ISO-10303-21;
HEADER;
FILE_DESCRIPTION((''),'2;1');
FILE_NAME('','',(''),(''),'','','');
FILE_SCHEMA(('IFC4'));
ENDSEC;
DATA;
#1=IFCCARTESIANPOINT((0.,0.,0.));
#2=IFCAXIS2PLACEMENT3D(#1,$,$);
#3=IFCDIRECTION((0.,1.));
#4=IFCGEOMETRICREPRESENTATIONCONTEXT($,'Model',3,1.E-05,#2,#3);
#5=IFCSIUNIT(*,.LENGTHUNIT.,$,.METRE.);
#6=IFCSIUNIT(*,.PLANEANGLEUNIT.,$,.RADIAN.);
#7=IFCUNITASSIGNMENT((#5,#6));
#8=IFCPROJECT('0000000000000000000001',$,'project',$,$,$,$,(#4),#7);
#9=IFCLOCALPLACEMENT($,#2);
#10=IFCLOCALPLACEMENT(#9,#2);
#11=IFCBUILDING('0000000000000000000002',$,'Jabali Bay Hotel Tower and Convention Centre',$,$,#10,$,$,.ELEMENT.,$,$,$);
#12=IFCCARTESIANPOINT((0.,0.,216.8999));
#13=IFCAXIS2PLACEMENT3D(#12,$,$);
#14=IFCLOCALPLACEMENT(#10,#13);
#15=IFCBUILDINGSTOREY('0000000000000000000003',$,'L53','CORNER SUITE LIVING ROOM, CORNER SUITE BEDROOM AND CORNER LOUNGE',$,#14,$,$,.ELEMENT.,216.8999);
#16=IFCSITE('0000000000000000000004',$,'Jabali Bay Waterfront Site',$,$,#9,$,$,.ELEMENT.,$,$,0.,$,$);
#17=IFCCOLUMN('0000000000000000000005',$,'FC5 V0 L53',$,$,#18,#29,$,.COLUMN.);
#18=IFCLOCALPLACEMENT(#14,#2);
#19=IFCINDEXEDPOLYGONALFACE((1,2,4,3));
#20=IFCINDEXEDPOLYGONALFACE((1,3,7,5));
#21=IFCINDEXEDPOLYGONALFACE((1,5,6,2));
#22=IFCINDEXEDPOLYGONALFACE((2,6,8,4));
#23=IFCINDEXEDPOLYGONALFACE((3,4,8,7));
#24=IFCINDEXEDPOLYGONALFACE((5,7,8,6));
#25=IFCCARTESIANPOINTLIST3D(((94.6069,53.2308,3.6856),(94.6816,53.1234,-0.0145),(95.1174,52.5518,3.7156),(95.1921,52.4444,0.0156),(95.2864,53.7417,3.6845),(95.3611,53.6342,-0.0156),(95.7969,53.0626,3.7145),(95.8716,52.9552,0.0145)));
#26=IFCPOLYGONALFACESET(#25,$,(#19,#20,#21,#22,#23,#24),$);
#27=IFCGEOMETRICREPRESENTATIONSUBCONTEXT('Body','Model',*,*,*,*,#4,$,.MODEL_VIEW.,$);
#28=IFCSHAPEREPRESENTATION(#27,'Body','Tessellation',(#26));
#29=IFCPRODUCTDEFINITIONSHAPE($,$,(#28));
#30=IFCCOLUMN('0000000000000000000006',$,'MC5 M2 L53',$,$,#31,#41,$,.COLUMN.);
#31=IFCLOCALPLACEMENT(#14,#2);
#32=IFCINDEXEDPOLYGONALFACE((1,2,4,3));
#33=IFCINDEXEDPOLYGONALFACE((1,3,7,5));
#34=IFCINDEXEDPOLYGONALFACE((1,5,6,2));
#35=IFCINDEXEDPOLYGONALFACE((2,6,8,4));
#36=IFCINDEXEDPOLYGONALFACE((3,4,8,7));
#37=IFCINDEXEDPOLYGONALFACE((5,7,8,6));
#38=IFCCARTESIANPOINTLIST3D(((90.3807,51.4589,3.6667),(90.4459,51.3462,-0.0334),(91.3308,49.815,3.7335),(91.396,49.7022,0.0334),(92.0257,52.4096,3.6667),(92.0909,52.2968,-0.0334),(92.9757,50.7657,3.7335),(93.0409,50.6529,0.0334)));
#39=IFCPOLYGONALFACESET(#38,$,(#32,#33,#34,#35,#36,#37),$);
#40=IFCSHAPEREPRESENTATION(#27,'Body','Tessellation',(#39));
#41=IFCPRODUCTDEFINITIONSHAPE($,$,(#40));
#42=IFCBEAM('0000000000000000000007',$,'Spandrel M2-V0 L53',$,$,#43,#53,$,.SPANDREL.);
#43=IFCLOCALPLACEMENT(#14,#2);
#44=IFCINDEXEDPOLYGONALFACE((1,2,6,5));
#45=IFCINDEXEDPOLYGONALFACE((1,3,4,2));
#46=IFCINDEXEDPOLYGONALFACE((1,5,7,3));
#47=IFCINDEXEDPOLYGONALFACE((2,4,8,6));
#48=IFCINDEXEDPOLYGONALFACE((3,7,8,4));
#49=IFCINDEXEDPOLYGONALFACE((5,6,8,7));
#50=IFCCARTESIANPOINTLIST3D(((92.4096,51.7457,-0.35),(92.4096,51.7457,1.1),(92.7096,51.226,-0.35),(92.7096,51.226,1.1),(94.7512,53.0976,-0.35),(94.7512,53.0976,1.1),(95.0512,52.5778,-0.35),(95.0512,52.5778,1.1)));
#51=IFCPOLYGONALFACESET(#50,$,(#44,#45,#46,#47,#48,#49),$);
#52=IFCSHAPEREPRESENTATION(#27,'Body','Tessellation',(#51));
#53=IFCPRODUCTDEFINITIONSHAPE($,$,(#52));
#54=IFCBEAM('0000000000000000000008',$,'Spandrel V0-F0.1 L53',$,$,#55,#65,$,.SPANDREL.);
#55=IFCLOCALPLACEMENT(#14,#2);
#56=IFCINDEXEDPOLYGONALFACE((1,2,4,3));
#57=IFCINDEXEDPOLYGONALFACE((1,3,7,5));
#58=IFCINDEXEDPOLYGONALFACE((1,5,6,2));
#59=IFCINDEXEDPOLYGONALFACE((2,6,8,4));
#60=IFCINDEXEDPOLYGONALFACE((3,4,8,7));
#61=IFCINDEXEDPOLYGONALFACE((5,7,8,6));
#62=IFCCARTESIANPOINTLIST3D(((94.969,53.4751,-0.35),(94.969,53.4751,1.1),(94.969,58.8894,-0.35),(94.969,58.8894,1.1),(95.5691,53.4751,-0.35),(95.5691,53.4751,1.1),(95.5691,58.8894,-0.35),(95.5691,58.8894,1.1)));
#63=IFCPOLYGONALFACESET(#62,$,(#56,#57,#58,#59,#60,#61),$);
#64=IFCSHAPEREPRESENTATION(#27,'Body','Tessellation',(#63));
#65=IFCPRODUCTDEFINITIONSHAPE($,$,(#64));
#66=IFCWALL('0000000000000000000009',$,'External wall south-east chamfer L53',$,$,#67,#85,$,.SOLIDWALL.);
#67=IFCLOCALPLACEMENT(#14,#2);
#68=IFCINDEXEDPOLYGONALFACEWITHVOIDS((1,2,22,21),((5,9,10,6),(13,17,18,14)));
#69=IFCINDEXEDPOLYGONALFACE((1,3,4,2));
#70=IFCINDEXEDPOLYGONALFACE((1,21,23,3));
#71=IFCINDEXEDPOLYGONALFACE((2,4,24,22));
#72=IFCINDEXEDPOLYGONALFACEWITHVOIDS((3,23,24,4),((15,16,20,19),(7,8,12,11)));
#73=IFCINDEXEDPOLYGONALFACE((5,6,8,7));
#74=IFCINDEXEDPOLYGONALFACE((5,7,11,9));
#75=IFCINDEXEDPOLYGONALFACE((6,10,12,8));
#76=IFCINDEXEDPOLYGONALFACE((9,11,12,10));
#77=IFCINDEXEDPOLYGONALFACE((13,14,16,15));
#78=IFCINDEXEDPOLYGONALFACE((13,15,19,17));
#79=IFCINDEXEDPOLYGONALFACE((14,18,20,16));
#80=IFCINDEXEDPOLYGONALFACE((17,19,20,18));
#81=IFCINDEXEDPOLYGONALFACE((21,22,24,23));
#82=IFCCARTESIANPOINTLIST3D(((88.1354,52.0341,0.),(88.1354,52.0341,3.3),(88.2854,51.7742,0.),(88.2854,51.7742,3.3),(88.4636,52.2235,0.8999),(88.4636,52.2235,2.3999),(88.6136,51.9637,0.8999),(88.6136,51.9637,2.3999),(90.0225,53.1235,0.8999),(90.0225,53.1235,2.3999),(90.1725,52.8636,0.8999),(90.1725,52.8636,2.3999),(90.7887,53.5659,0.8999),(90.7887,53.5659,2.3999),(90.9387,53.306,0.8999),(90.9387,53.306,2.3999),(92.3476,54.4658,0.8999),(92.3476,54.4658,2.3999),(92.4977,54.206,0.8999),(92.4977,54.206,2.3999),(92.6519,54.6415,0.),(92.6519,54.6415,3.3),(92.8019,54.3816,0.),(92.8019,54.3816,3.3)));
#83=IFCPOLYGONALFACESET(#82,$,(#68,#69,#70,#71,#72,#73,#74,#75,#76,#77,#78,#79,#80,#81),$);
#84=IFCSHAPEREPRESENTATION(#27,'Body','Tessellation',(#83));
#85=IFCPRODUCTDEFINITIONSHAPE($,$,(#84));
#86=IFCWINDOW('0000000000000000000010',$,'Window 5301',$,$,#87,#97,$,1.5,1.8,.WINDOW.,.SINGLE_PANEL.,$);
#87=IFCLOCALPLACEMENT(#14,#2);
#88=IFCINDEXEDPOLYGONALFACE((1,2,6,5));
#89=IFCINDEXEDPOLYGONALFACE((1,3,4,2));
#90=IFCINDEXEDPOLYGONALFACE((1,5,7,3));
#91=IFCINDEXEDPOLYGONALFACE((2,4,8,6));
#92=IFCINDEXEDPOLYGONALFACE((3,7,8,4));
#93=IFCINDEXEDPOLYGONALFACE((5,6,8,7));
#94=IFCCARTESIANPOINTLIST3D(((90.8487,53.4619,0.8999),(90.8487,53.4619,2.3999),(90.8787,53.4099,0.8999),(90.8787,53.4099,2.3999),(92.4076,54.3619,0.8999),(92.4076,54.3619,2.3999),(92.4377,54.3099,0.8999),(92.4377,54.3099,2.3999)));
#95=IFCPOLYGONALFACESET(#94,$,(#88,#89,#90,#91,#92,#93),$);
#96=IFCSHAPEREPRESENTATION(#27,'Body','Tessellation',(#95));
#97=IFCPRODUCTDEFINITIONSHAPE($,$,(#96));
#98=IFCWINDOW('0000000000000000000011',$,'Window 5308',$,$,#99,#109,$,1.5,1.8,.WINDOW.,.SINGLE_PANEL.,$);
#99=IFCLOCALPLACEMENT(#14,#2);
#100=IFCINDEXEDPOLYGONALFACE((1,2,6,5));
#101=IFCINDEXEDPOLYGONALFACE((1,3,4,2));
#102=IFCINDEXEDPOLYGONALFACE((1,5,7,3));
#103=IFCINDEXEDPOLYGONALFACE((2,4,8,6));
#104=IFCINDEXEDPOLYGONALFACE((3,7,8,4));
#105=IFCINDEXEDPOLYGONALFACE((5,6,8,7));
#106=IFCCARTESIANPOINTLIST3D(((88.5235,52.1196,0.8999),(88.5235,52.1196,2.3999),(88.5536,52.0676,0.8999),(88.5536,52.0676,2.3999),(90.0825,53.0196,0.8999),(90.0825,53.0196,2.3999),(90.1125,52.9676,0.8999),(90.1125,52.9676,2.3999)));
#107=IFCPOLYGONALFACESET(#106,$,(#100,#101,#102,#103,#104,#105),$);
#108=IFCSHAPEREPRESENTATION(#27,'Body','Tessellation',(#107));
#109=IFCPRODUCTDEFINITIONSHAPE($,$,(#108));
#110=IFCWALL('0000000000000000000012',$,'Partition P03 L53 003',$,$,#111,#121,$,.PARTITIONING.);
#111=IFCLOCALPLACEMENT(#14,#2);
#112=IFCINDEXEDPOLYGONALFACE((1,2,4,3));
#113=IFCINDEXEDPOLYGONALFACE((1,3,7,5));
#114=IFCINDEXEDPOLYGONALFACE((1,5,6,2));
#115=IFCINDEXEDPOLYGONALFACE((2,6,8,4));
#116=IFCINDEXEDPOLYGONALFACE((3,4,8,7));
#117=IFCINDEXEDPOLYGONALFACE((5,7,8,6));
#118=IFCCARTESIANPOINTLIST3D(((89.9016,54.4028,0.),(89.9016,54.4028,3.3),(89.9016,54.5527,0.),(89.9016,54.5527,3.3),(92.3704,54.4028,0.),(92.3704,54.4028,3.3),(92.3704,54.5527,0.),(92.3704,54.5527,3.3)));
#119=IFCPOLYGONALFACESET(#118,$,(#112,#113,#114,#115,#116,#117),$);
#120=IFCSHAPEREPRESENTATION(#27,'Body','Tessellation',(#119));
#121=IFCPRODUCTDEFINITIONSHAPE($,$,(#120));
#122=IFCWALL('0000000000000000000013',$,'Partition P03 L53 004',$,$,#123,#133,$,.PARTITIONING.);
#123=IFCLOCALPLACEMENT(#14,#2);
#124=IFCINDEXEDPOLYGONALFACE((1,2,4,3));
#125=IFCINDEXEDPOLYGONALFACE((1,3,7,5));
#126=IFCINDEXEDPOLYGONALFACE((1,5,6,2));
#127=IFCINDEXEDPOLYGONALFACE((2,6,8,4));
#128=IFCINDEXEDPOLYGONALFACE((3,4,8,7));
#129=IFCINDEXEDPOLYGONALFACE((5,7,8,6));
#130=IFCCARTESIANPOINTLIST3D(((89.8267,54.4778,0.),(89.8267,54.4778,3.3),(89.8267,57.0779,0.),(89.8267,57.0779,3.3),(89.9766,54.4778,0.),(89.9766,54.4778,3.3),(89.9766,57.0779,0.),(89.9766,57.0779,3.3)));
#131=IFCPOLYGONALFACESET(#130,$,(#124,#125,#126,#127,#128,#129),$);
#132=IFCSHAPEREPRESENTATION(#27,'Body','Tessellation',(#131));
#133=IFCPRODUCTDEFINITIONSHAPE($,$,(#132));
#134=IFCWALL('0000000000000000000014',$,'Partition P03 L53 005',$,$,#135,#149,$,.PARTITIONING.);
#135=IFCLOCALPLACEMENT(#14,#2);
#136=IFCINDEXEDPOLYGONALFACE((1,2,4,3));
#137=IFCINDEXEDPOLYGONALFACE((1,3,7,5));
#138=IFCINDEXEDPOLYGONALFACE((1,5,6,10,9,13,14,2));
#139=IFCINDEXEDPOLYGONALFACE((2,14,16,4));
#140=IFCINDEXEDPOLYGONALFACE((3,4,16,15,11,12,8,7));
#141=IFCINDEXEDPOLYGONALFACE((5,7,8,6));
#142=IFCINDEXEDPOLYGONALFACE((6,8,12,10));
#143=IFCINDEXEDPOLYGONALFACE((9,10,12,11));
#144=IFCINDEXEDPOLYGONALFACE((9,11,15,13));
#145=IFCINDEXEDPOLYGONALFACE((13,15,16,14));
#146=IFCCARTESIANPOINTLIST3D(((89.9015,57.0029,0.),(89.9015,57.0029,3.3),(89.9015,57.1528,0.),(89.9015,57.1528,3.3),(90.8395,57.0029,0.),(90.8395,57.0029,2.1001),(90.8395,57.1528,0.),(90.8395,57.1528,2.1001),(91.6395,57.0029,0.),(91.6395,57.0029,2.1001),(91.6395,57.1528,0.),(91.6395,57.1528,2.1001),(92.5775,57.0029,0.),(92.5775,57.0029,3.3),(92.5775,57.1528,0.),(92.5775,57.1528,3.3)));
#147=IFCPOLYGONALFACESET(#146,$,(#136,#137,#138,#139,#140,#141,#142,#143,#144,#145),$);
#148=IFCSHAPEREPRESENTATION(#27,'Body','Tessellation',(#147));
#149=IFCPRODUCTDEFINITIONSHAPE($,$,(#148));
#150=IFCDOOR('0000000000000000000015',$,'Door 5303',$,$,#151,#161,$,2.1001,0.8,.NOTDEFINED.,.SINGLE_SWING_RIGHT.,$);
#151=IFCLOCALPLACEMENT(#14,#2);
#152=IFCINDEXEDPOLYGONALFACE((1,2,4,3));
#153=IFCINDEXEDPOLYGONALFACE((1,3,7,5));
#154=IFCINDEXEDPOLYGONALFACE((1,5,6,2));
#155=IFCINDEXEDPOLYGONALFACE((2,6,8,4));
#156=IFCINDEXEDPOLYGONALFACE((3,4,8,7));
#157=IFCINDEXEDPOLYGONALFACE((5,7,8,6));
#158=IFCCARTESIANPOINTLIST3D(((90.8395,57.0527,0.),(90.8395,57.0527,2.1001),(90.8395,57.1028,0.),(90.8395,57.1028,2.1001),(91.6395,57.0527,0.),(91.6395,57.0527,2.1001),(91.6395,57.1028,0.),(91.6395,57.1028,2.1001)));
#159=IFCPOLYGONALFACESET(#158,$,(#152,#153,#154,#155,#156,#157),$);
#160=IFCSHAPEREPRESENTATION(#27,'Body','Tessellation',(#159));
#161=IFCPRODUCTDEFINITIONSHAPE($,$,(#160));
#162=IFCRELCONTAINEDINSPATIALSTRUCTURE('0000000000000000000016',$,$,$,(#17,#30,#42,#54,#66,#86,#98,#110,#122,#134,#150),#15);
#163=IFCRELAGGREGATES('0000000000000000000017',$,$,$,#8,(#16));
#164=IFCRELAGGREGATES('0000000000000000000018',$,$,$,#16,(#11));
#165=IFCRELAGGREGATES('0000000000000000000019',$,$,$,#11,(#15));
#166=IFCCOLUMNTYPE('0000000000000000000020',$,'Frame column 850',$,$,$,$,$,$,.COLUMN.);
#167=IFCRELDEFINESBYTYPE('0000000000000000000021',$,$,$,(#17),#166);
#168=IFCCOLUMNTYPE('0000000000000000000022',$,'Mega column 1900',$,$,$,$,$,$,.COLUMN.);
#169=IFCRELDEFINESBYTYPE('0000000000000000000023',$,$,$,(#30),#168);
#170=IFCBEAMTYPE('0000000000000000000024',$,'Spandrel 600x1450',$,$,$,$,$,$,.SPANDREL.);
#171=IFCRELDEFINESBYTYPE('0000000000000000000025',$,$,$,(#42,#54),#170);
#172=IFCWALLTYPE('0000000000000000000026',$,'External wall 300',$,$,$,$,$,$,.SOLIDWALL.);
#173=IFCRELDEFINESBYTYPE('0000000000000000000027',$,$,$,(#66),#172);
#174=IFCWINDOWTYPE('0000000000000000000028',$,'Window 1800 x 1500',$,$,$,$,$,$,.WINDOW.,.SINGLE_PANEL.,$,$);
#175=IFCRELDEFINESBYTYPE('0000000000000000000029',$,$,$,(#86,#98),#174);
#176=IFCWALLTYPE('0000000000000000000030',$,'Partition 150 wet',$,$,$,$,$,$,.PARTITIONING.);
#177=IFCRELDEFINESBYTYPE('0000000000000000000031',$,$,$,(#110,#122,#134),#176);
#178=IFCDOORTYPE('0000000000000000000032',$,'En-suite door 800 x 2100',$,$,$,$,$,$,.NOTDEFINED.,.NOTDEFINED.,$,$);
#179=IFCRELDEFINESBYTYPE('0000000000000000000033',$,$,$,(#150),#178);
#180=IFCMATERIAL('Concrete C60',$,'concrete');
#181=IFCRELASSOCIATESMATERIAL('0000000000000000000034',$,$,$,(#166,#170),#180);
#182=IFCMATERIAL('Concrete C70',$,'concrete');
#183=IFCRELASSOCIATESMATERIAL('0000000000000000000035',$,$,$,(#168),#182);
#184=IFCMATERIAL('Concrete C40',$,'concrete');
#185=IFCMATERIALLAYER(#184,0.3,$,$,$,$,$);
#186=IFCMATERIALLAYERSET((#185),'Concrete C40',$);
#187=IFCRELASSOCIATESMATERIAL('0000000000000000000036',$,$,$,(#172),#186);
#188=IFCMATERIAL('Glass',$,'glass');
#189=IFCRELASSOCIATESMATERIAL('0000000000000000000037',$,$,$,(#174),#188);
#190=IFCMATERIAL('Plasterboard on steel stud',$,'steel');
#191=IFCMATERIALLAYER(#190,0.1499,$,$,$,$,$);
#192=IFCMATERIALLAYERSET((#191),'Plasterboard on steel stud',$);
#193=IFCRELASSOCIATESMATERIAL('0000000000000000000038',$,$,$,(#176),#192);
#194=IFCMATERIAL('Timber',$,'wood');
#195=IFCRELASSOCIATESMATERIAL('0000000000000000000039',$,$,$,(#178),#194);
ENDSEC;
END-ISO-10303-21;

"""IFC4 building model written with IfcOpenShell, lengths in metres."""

from ifc_helpers import new_model, si_unit, direction, frame, frame_2d, origin, origin_2d, place, context, subcontext, project, spatial, rectangle, extrude, material, layer, layer_set, material_profile, profile_set, type_object, element, fill, save


model = new_model("IFC4")

# Units and contexts
model_context = context("Model", 3, precision=1e-05, world=origin(), true_north=direction((0.0, 1.0)))
body_context = subcontext(model_context, "Body", "Model", "MODEL_VIEW")
ifc_project = project(units=[si_unit("LENGTHUNIT", "METRE"), si_unit("PLANEANGLEUNIT", "RADIAN")], contexts=[model_context])

# Site, building, storey
site_placement = place(None, origin())
site = spatial("IfcSite", under=ifc_project, at=site_placement, Name="Jabali Bay Waterfront Site", CompositionType="ELEMENT", RefElevation=0.0)
building_placement = place(site_placement, origin())
building = spatial("IfcBuilding", under=site, at=building_placement, Name="Jabali Bay Hotel Tower and Convention Centre", CompositionType="ELEMENT")
storey_placement = place(building_placement, frame((0.0, 0.0, 216.8999)))
storey = spatial("IfcBuildingStorey", under=building, at=storey_placement, Name="L53", Description="CORNER SUITE LIVING ROOM, CORNER SUITE BEDROOM AND CORNER LOUNGE", CompositionType="ELEMENT", Elevation=216.8999)

# Columns
ifc_material_1 = material(Name="Concrete C60", Category="concrete")
ifc_material_profile_1 = material_profile(ifc_material_1, rectangle(XDim=0.8501, YDim=0.8501, at=origin_2d()), Name="Frame column 850")
ifc_profile_set_1 = profile_set([ifc_material_profile_1], Name="Concrete C60")
column_type_1 = type_object("IfcColumnType", Name="Frame column 850", PredefinedType="COLUMN", material=ifc_profile_set_1)
column_1_placement = place(storey_placement, frame((95.2766, 53.0393, 0.0), z_axis=(-0.020177, 0.029013, 0.999375), x_axis=(-0.799309, -0.600919, 0.001307)))
element("IfcColumn", 1, at=column_1_placement, inside=storey, type_object=column_type_1, Name="FC5 V0 L53", PredefinedType="COLUMN", context=body_context, shape_type="SweptSolid", body=[
    extrude(rectangle(XDim=0.8501, YDim=0.8501, at=origin_2d()), origin(), (0.0, 0.0, 1.0), 3.7024),
])
ifc_material_2 = material(Name="Concrete C70", Category="concrete")
ifc_material_profile_2 = material_profile(ifc_material_2, rectangle(XDim=1.8999, YDim=1.8999, at=origin_2d()), Name="Mega column 1900")
ifc_profile_set_2 = profile_set([ifc_material_profile_2], Name="Concrete C70")
column_type_2 = type_object("IfcColumnType", Name="Mega column 1900", PredefinedType="COLUMN", material=ifc_profile_set_2)
column_2_placement = place(storey_placement, frame((91.7434, 50.9995, 0.0), z_axis=(-0.017606, 0.030464, 0.999381), x_axis=(0.500061, -0.865275, 0.035186)))
element("IfcColumn", 2, at=column_2_placement, inside=storey, type_object=column_type_2, Name="MC5 M2 L53", PredefinedType="COLUMN", context=body_context, shape_type="SweptSolid", body=[
    extrude(rectangle(XDim=1.8999, YDim=1.8999, at=origin_2d()), origin(), (0.0, 0.0, 1.0), 3.7024),
])

# Beams
ifc_material_profile_3 = material_profile(ifc_material_1, rectangle(XDim=0.6001, YDim=1.45, at=origin_2d()), Name="Spandrel 600x1450")
ifc_profile_set_3 = profile_set([ifc_material_profile_3], Name="Concrete C60")
beam_type = type_object("IfcBeamType", Name="Spandrel 600x1450", PredefinedType="SPANDREL", material=ifc_profile_set_3)
beam_1_placement = place(storey_placement, frame((92.5596, 51.4858, 0.375), z_axis=(0.86604, 0.499975, 0.0), x_axis=(-0.499975, 0.86604, 0.0)))
element("IfcBeam", 3, at=beam_1_placement, inside=storey, type_object=beam_type, Name="Spandrel M2-V0 L53", PredefinedType="SPANDREL", context=body_context, shape_type="SweptSolid", body=[
    extrude(rectangle(XDim=0.6001, YDim=1.45, at=origin_2d()), origin(), (0.0, 0.0, 1.0), 2.7039),
])
beam_2_placement = place(storey_placement, frame((95.269, 53.4751, 0.375), z_axis=(0.0, 1.0, 0.0), x_axis=(-1.0, 0.0, 0.0)))
element("IfcBeam", 4, at=beam_2_placement, inside=storey, type_object=beam_type, Name="Spandrel V0-F0.1 L53", PredefinedType="SPANDREL", context=body_context, shape_type="SweptSolid", body=[
    extrude(rectangle(XDim=0.6001, YDim=1.45, at=origin_2d()), origin(), (0.0, 0.0, 1.0), 5.4143),
])

# Wall, openings, windows
ifc_material_3 = material(Name="Concrete C40", Category="concrete")
ifc_layer_1 = layer(ifc_material_3, 0.3)
ifc_layer_set_1 = layer_set([ifc_layer_1], Name="Concrete C40")
wall_type_1 = type_object("IfcWallType", Name="External wall 300", PredefinedType="SOLIDWALL", material=ifc_layer_set_1)
wall_1_placement = place(storey_placement, frame((92.7268, 54.5115, 0.0), z_axis=(0.0, 0.0, 1.0), x_axis=(-0.866045, -0.499966, 0.0)))
wall_1 = element("IfcWall", 5, at=wall_1_placement, inside=storey, type_object=wall_type_1, Name="External wall south-east chamfer L53", PredefinedType="SOLIDWALL", context=body_context, shape_type="SweptSolid", body=[
    extrude(rectangle(XDim=5.2151, YDim=0.3, at=frame_2d((2.6074, 0.0))), origin(), (0.0, 0.0, 1.0), 3.3),
])
opening_1_placement = place(wall_1_placement, frame((0.3513, 0.0, 0.8999)))
opening_1 = element("IfcOpeningElement", 6, at=opening_1_placement, cuts=wall_1, PredefinedType="OPENING", context=body_context, shape_type="SweptSolid", body=[
    extrude(rectangle(XDim=1.8, YDim=1.5, at=frame_2d((0.8999, 0.75))), frame((0.0, 0.1606, 0.0), z_axis=(0.0, -1.0, 0.0), x_axis=(1.0, 0.0, 0.0)), (0.0, 0.0, 1.0), 0.321),
])
opening_2_placement = place(wall_1_placement, frame((3.0361, 0.0, 0.8999)))
opening_2 = element("IfcOpeningElement", 7, at=opening_2_placement, cuts=wall_1, PredefinedType="OPENING", context=body_context, shape_type="SweptSolid", body=[
    extrude(rectangle(XDim=1.8, YDim=1.5, at=frame_2d((0.8999, 0.75))), frame((0.0, 0.1606, 0.0), z_axis=(0.0, -1.0, 0.0), x_axis=(1.0, 0.0, 0.0)), (0.0, 0.0, 1.0), 0.321),
])
ifc_material_4 = material(Name="Glass", Category="glass")
window_type = type_object("IfcWindowType", Name="Window 1800 x 1500", PartitioningType="SINGLE_PANEL", PredefinedType="WINDOW", material=ifc_material_4)
window_1_placement = place(opening_1_placement, origin())
window_1 = element("IfcWindow", 8, at=window_1_placement, inside=storey, type_object=window_type, Name="Window 5301", OverallHeight=1.5, OverallWidth=1.8, PartitioningType="SINGLE_PANEL", PredefinedType="WINDOW", context=body_context, shape_type="SweptSolid", body=[
    extrude(rectangle(XDim=1.8, YDim=1.5, at=frame_2d((0.8999, 0.75))), frame((0.0, 0.03, 0.0), z_axis=(0.0, -1.0, 0.0), x_axis=(1.0, 0.0, 0.0)), (0.0, 0.0, 1.0), 0.0601),
])
fill(opening_1, window_1)
window_2_placement = place(opening_2_placement, origin())
window_2 = element("IfcWindow", 9, at=window_2_placement, inside=storey, type_object=window_type, Name="Window 5308", OverallHeight=1.5, OverallWidth=1.8, PartitioningType="SINGLE_PANEL", PredefinedType="WINDOW", context=body_context, shape_type="SweptSolid", body=[
    extrude(rectangle(XDim=1.8, YDim=1.5, at=frame_2d((0.8999, 0.75))), frame((0.0, 0.03, 0.0), z_axis=(0.0, -1.0, 0.0), x_axis=(1.0, 0.0, 0.0)), (0.0, 0.0, 1.0), 0.0601),
])
fill(opening_2, window_2)

# Walls
ifc_material_5 = material(Name="Plasterboard on steel stud", Category="steel")
ifc_layer_2 = layer(ifc_material_5, 0.1499)
ifc_layer_set_2 = layer_set([ifc_layer_2], Name="Plasterboard on steel stud")
wall_type_2 = type_object("IfcWallType", Name="Partition 150 wet", PredefinedType="PARTITIONING", material=ifc_layer_set_2)
wall_2_placement = place(storey_placement, frame((92.3704, 54.4778, 0.0), z_axis=(0.0, 0.0, 1.0), x_axis=(-1.0, 0.0, 0.0)))
element("IfcWall", 10, at=wall_2_placement, inside=storey, type_object=wall_type_2, Name="Partition P03 L53 003", PredefinedType="PARTITIONING", context=body_context, shape_type="SweptSolid", body=[
    extrude(rectangle(XDim=2.4688, YDim=0.1499, at=frame_2d((1.2344, 0.0))), origin(), (0.0, 0.0, 1.0), 3.3),
])
wall_3_placement = place(storey_placement, frame((89.9016, 54.4778, 0.0), z_axis=(0.0, 0.0, 1.0), x_axis=(0.0, 1.0, 0.0)))
element("IfcWall", 11, at=wall_3_placement, inside=storey, type_object=wall_type_2, Name="Partition P03 L53 004", PredefinedType="PARTITIONING", context=body_context, shape_type="SweptSolid", body=[
    extrude(rectangle(XDim=2.6001, YDim=0.1499, at=frame_2d((1.3, 0.0))), origin(), (0.0, 0.0, 1.0), 3.3),
])

# Wall, opening, door
wall_4_placement = place(storey_placement, frame((89.9016, 57.0779, 0.0), z_axis=(0.0, 0.0, 1.0), x_axis=(1.0, 0.0, 0.0)))
wall_4 = element("IfcWall", 12, at=wall_4_placement, inside=storey, type_object=wall_type_2, Name="Partition P03 L53 005", PredefinedType="PARTITIONING", context=body_context, shape_type="SweptSolid", body=[
    extrude(rectangle(XDim=2.676, YDim=0.1499, at=frame_2d((1.3379, 0.0))), origin(), (0.0, 0.0, 1.0), 3.3),
])
opening_3_placement = place(wall_4_placement, frame((0.938, 0.0, 0.0)))
opening_3 = element("IfcOpeningElement", 13, at=opening_3_placement, cuts=wall_4, PredefinedType="OPENING", context=body_context, shape_type="SweptSolid", body=[
    extrude(rectangle(XDim=0.8, YDim=2.1001, at=frame_2d((0.3999, 1.05))), frame((0.0, 0.0854, 0.0), z_axis=(0.0, -1.0, 0.0), x_axis=(1.0, 0.0, 0.0)), (0.0, 0.0, 1.0), 0.1709),
])
ifc_material_6 = material(Name="Timber", Category="wood")
door_type = type_object("IfcDoorType", Name="En-suite door 800 x 2100", OperationType="NOTDEFINED", PredefinedType="NOTDEFINED", material=ifc_material_6)
door_placement = place(opening_3_placement, origin())
door = element("IfcDoor", 14, at=door_placement, inside=storey, type_object=door_type, Name="Door 5303", OperationType="SINGLE_SWING_RIGHT", OverallHeight=2.1001, OverallWidth=0.8, PredefinedType="NOTDEFINED", context=body_context, shape_type="SweptSolid", body=[
    extrude(rectangle(XDim=0.8, YDim=2.1001, at=frame_2d((0.3999, 1.05))), frame((0.0, 0.0249, 0.0), z_axis=(0.0, -1.0, 0.0), x_axis=(1.0, 0.0, 0.0)), (0.0, 0.0, 1.0), 0.05),
])
fill(opening_3, door)

save(model, "model.ifc")
